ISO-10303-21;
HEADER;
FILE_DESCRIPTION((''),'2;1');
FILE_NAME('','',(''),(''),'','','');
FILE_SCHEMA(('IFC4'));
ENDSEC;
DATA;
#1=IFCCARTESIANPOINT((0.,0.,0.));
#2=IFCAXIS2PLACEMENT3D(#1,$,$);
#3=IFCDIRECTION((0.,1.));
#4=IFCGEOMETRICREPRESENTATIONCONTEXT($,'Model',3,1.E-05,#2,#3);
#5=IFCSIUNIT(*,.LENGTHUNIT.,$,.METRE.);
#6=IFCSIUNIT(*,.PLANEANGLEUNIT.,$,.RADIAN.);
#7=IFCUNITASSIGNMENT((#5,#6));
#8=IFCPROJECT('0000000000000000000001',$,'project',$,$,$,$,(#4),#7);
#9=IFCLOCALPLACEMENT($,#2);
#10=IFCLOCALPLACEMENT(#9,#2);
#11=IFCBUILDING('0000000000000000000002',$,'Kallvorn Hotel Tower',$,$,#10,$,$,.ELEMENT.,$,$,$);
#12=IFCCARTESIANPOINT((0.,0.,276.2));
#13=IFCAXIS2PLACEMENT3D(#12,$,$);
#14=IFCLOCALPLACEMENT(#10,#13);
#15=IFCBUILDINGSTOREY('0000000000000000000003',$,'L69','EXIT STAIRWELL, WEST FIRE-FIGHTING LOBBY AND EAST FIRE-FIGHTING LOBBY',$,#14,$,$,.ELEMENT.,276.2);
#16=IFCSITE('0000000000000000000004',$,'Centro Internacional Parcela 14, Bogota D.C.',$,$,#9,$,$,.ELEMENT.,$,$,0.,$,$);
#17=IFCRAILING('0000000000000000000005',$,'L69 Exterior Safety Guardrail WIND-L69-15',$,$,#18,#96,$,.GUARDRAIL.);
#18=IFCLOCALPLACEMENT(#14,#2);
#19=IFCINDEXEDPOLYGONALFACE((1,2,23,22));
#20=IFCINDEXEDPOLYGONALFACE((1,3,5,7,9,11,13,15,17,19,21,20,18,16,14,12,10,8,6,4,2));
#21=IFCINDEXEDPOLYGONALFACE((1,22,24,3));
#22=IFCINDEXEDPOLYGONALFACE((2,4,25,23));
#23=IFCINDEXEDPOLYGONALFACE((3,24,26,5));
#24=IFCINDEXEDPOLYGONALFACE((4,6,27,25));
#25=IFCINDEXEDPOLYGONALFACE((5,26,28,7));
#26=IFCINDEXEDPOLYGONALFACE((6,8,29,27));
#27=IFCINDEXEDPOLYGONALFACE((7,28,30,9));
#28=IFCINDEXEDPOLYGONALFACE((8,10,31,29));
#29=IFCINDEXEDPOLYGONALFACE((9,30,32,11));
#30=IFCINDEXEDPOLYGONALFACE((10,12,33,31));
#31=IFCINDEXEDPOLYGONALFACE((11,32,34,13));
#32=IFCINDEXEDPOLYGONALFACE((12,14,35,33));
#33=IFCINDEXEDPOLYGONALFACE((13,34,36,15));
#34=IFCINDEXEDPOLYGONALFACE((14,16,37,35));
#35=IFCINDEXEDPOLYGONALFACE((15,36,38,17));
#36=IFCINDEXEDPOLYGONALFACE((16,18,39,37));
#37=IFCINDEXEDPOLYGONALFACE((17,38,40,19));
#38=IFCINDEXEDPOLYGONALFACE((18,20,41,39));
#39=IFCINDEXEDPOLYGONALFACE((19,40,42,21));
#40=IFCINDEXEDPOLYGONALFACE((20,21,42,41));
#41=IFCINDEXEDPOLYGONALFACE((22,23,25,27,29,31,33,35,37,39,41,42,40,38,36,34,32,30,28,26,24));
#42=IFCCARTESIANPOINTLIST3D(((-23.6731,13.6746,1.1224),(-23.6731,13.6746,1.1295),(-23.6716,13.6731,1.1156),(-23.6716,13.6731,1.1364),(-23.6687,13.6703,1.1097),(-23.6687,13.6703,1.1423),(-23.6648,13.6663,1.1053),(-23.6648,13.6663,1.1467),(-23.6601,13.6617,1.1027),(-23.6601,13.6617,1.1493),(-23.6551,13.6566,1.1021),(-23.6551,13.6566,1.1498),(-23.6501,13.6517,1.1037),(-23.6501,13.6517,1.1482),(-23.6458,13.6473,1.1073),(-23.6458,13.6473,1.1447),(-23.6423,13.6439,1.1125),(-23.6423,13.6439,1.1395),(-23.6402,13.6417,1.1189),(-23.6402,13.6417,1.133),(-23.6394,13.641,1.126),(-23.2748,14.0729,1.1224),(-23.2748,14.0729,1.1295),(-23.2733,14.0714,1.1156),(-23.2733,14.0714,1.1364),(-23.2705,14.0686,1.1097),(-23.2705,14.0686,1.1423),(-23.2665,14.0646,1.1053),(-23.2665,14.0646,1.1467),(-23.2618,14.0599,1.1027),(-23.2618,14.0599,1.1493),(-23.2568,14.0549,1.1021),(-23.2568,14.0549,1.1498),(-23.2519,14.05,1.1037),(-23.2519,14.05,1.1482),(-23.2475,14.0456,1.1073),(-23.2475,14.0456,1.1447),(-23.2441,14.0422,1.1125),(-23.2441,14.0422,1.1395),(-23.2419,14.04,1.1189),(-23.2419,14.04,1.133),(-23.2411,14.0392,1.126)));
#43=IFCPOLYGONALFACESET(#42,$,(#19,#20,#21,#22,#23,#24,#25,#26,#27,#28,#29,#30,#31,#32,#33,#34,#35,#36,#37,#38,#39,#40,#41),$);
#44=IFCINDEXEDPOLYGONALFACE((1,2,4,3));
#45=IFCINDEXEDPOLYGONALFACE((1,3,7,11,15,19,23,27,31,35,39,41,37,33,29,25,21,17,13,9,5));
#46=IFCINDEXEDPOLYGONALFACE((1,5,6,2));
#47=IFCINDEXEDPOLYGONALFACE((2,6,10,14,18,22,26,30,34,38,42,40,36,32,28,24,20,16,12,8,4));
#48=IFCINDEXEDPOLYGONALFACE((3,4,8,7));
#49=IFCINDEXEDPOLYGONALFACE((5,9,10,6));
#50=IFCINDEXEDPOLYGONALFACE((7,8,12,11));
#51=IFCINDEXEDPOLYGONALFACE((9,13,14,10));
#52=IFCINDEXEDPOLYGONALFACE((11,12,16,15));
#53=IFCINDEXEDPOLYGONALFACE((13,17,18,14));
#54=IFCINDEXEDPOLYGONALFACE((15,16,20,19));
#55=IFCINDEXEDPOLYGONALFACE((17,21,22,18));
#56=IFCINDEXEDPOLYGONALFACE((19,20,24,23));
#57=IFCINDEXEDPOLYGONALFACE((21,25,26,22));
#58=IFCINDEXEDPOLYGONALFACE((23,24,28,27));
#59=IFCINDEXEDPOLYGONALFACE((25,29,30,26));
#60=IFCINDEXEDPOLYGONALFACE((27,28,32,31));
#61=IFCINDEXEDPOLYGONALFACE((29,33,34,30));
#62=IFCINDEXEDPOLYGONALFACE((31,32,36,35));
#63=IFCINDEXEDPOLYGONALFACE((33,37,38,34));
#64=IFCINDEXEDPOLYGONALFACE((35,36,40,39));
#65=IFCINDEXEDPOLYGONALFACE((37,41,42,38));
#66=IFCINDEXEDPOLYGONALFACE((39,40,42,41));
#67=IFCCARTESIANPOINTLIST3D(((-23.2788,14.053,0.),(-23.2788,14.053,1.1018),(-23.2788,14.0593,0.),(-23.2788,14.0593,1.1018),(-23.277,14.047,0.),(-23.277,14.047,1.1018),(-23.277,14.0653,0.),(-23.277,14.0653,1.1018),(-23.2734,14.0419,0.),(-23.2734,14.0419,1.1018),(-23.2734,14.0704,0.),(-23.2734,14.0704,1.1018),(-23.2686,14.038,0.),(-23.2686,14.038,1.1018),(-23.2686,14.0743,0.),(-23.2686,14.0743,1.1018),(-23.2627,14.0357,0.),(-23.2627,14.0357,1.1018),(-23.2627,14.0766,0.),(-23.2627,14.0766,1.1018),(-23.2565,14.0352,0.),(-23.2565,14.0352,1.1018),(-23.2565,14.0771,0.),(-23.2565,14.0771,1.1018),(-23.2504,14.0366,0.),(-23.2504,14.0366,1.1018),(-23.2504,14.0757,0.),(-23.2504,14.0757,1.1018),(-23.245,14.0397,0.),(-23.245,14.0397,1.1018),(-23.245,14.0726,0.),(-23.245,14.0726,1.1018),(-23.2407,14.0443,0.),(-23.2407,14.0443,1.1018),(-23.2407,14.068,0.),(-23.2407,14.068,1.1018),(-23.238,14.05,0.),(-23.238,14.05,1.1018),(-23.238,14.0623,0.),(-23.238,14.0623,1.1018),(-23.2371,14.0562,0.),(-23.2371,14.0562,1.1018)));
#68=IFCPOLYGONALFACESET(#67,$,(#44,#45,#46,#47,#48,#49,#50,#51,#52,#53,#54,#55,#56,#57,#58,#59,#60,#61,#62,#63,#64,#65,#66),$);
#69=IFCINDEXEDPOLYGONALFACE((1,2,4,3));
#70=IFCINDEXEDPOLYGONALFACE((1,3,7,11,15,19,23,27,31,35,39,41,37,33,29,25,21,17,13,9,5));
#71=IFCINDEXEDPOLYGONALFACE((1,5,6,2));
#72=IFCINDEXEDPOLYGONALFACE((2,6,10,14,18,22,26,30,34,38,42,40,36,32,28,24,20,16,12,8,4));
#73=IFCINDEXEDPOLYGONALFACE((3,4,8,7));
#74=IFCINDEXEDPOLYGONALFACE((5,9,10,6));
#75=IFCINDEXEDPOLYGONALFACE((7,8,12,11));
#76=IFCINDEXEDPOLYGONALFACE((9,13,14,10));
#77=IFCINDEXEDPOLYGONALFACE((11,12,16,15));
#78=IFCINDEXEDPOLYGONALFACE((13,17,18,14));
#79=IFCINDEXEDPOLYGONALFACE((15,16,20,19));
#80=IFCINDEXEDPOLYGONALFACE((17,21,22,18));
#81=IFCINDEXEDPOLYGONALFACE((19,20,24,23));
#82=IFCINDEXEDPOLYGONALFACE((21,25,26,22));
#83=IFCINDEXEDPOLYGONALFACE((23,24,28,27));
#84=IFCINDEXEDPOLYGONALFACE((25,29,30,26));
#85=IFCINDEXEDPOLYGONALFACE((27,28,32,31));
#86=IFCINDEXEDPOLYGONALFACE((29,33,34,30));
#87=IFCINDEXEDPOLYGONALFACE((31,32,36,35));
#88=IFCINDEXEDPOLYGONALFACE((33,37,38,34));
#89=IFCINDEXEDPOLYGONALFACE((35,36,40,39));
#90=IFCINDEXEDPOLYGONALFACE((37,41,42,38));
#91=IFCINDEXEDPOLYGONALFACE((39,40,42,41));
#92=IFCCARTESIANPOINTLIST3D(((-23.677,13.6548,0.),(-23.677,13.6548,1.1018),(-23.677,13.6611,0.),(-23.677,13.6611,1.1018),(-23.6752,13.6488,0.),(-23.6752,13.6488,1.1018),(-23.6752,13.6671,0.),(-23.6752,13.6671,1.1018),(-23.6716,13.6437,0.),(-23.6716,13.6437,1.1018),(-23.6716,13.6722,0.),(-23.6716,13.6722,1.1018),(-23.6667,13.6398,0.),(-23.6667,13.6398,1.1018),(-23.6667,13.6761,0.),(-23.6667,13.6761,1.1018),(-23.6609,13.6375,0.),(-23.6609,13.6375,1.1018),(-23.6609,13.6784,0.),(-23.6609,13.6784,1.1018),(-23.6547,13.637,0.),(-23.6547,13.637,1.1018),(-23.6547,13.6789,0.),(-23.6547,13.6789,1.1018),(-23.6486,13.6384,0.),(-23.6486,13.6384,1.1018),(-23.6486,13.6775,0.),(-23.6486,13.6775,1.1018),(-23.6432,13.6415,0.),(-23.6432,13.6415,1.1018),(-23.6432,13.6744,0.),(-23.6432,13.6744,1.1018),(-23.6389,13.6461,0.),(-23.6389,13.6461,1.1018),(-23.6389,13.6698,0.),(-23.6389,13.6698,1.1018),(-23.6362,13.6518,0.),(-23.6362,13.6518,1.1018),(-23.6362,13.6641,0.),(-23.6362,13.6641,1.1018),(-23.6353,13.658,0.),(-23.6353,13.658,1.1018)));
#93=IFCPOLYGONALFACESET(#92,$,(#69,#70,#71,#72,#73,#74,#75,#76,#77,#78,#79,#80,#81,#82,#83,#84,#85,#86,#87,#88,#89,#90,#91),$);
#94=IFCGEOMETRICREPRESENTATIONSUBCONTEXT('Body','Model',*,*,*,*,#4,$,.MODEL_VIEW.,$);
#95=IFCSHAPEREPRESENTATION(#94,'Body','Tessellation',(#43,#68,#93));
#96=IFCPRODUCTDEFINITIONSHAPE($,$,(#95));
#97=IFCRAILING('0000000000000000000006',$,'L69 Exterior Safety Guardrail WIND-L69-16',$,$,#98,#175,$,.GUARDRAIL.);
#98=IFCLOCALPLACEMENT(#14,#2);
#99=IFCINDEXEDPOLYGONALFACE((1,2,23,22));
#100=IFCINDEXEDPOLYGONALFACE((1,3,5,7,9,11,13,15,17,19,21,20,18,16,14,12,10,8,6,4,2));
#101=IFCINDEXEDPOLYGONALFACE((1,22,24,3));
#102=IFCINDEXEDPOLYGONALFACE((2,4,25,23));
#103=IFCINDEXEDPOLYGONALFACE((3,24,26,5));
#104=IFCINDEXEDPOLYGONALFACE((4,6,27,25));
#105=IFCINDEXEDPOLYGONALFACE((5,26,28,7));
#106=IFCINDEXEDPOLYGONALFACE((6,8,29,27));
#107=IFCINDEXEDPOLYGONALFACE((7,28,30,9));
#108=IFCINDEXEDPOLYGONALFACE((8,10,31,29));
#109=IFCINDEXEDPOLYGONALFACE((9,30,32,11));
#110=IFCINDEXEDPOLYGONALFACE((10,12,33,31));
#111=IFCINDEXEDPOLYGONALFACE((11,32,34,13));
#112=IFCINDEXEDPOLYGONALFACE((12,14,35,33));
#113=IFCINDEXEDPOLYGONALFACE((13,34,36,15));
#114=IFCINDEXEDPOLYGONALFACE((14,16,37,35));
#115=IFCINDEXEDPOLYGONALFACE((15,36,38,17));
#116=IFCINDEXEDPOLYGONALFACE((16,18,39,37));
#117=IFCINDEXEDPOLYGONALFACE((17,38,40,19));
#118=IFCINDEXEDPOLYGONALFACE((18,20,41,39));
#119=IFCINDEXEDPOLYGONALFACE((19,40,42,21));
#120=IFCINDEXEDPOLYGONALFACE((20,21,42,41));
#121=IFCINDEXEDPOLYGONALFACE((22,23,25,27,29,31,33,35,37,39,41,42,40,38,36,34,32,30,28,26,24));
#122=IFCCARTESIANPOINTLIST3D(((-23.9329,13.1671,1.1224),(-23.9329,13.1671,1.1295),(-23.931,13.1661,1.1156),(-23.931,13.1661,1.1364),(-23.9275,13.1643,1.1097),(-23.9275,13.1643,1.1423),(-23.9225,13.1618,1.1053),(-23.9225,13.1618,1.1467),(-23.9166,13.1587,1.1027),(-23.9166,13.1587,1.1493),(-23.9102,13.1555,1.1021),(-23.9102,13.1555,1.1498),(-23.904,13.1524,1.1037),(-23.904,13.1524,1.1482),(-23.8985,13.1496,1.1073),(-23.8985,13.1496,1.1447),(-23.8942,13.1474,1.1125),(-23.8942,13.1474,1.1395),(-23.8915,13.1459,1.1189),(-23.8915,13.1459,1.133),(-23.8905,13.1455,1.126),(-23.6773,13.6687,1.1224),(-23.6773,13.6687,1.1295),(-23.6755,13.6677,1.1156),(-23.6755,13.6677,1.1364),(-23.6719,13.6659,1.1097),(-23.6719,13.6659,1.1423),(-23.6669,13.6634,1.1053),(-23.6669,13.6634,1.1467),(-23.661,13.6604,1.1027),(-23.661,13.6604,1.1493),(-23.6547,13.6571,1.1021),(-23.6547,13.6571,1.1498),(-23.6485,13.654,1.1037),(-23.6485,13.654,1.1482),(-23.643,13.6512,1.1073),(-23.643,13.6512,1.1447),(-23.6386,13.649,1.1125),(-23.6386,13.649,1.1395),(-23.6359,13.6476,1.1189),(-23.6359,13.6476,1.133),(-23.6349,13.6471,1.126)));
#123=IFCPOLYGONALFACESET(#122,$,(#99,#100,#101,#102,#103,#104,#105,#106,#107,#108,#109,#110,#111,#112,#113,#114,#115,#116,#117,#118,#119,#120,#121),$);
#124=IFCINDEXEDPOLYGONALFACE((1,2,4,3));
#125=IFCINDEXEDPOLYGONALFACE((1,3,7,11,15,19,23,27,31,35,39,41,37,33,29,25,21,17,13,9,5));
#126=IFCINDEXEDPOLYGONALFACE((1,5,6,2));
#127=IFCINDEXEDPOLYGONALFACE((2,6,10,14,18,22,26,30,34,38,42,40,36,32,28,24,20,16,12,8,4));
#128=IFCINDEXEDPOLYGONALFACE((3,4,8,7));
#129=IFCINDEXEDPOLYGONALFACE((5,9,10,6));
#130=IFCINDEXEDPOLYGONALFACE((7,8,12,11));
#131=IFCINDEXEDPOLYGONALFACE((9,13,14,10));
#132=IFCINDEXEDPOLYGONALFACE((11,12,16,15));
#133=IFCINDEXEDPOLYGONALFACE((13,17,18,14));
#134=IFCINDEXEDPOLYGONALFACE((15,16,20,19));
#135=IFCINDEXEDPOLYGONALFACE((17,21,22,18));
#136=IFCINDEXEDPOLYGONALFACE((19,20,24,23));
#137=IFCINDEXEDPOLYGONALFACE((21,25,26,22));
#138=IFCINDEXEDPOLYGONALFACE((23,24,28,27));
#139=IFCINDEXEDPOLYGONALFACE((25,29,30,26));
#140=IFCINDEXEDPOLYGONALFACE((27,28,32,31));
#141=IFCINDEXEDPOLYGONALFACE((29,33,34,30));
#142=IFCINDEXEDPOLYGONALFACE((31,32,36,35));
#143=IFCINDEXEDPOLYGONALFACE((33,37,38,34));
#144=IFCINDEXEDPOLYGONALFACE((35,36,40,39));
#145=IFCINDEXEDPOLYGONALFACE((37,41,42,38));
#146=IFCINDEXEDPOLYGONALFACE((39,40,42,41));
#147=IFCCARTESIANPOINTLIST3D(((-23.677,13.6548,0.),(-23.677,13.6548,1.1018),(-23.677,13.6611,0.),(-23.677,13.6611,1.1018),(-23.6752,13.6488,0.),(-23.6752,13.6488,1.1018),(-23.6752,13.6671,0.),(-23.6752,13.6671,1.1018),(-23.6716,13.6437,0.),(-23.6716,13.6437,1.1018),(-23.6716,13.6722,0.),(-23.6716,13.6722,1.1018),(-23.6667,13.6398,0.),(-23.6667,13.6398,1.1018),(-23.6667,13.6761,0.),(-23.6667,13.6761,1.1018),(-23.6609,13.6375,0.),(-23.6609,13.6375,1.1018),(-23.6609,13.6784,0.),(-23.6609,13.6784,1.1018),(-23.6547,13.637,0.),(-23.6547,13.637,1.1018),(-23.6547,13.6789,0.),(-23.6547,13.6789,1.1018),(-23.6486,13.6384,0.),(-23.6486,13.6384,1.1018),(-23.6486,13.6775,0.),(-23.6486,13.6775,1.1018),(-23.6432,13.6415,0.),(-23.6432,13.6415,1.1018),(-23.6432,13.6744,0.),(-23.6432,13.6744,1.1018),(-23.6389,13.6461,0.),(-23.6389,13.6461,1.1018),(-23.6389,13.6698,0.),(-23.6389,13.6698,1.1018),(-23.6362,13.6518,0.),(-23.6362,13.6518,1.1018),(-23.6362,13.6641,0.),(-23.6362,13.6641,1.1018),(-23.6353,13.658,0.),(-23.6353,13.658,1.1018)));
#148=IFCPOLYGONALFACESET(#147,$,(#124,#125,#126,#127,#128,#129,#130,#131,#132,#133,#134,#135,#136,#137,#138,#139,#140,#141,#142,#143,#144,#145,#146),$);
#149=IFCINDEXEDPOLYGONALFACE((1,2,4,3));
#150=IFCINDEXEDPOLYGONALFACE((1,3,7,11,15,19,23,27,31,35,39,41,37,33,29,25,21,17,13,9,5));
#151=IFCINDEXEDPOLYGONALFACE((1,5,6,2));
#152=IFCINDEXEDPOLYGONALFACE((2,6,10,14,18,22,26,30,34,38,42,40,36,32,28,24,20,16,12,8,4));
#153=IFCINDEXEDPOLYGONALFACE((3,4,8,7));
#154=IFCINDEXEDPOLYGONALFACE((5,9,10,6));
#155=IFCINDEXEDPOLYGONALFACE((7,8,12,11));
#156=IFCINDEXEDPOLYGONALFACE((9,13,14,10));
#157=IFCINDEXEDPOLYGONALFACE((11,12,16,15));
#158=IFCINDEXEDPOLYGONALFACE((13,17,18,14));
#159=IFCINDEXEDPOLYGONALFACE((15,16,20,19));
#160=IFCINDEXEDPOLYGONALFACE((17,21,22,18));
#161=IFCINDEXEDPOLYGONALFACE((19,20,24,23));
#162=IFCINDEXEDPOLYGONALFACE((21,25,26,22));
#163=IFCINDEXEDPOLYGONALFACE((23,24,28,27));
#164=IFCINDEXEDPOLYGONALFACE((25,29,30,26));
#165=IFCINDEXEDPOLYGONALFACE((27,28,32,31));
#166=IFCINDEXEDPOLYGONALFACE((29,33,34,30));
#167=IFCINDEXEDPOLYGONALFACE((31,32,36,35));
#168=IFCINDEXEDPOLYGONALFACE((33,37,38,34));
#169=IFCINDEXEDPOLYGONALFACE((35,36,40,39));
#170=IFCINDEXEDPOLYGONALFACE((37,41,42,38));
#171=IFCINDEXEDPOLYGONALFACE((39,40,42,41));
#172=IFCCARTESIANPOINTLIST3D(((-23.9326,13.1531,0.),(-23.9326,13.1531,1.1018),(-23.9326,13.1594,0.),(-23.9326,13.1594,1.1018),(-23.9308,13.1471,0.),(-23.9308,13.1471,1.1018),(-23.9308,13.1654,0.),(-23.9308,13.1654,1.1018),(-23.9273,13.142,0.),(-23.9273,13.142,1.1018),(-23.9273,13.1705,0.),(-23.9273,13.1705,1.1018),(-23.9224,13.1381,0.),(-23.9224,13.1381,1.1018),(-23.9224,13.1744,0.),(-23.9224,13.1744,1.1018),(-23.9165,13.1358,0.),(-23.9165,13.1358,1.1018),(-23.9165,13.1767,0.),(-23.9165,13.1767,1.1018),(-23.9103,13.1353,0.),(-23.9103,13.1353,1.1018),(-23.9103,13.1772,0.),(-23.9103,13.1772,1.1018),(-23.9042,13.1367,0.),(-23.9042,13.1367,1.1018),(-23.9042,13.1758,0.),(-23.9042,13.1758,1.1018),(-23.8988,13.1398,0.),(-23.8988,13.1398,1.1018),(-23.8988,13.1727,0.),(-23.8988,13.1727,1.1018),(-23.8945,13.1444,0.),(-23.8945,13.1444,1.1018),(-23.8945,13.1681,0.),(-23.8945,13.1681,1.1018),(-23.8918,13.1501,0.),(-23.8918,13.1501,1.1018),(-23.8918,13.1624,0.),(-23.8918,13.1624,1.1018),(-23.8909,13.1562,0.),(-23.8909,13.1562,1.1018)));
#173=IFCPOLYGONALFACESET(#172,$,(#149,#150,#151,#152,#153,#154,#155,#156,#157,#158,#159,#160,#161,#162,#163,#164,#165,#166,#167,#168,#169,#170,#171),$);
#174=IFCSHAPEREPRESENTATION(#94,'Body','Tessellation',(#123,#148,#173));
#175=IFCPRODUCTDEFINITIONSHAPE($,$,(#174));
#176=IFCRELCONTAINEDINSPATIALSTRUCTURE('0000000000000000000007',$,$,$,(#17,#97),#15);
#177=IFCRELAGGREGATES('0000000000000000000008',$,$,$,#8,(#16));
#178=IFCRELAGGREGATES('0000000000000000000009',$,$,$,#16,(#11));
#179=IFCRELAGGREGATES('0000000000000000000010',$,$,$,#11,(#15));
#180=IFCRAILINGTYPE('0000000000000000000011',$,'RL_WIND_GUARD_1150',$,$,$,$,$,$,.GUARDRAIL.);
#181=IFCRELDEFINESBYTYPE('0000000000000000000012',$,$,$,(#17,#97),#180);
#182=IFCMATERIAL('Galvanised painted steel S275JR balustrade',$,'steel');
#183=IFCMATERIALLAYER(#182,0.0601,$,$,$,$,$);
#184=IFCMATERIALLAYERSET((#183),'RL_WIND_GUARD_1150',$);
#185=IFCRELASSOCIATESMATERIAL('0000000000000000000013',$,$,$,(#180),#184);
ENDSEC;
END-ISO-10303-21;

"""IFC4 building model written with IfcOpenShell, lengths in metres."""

from ifc_helpers import new_model, si_unit, direction, frame, origin, origin_2d, place, context, subcontext, project, spatial, circle, extrude, material, layer, layer_set, type_object, element, save


model = new_model("IFC4")

# Units and contexts
model_context = context("Model", 3, precision=1e-05, world=origin(), true_north=direction((0.0, 1.0)))
body_context = subcontext(model_context, "Body", "Model", "MODEL_VIEW")
ifc_project = project(units=[si_unit("LENGTHUNIT", "METRE"), si_unit("PLANEANGLEUNIT", "RADIAN")], contexts=[model_context])

# Site, building, storey
site_placement = place(None, origin())
site = spatial("IfcSite", under=ifc_project, at=site_placement, Name="Centro Internacional Parcela 14, Bogota D.C.", CompositionType="ELEMENT", RefElevation=0.0)
building_placement = place(site_placement, origin())
building = spatial("IfcBuilding", under=site, at=building_placement, Name="Kallvorn Hotel Tower", CompositionType="ELEMENT")
storey_placement = place(building_placement, frame((0.0, 0.0, 276.2)))
storey = spatial("IfcBuildingStorey", under=building, at=storey_placement, Name="L69", Description="EXIT STAIRWELL, WEST FIRE-FIGHTING LOBBY AND EAST FIRE-FIGHTING LOBBY", CompositionType="ELEMENT", Elevation=276.2)

# Railings
ifc_material_1 = material(Name="Galvanised painted steel S275JR balustrade", Category="steel")
ifc_layer_1 = layer(ifc_material_1, 0.0601)
ifc_layer_set_1 = layer_set([ifc_layer_1], Name="RL_WIND_GUARD_1150")
railing_type = type_object("IfcRailingType", Name="RL_WIND_GUARD_1150", PredefinedType="GUARDRAIL", material=ifc_layer_set_1)
railing_1_placement = place(storey_placement, frame((-23.2581, 14.0562, 0.0)))
element("IfcRailing", 1, at=railing_1_placement, inside=storey, type_object=railing_type, Name="L69 Exterior Safety Guardrail WIND-L69-15", PredefinedType="GUARDRAIL", context=body_context, shape_type="SweptSolid", body=[
    extrude(circle(Radius=0.0239, at=origin_2d()), frame((0.0, 0.0, 1.126), z_axis=(-0.707107, -0.707107, 0.0), x_axis=(0.707107, -0.707107, 0.0)), (0.0, 0.0, 1.0), 0.5632),
    extrude(circle(Radius=0.021, at=origin_2d()), origin(), (0.0, 0.0, 1.0), 1.1018),
    extrude(circle(Radius=0.021, at=origin_2d()), frame((-0.3982, -0.3982, 0.0)), (0.0, 0.0, 1.0), 1.1018),
])
railing_2_placement = place(storey_placement, frame((-23.6562, 13.658, 0.0)))
element("IfcRailing", 2, at=railing_2_placement, inside=storey, type_object=railing_type, Name="L69 Exterior Safety Guardrail WIND-L69-16", PredefinedType="GUARDRAIL", context=body_context, shape_type="SweptSolid", body=[
    extrude(circle(Radius=0.0239, at=origin_2d()), frame((0.0, 0.0, 1.126), z_axis=(-0.453965, -0.89102, 0.0), x_axis=(0.89102, -0.453965, 0.0)), (0.0, 0.0, 1.0), 0.563),
    extrude(circle(Radius=0.021, at=origin_2d()), origin(), (0.0, 0.0, 1.0), 1.1018),
    extrude(circle(Radius=0.021, at=origin_2d()), frame((-0.2556, -0.5017, 0.0)), (0.0, 0.0, 1.0), 1.1018),
])

save(model, "model.ifc")
